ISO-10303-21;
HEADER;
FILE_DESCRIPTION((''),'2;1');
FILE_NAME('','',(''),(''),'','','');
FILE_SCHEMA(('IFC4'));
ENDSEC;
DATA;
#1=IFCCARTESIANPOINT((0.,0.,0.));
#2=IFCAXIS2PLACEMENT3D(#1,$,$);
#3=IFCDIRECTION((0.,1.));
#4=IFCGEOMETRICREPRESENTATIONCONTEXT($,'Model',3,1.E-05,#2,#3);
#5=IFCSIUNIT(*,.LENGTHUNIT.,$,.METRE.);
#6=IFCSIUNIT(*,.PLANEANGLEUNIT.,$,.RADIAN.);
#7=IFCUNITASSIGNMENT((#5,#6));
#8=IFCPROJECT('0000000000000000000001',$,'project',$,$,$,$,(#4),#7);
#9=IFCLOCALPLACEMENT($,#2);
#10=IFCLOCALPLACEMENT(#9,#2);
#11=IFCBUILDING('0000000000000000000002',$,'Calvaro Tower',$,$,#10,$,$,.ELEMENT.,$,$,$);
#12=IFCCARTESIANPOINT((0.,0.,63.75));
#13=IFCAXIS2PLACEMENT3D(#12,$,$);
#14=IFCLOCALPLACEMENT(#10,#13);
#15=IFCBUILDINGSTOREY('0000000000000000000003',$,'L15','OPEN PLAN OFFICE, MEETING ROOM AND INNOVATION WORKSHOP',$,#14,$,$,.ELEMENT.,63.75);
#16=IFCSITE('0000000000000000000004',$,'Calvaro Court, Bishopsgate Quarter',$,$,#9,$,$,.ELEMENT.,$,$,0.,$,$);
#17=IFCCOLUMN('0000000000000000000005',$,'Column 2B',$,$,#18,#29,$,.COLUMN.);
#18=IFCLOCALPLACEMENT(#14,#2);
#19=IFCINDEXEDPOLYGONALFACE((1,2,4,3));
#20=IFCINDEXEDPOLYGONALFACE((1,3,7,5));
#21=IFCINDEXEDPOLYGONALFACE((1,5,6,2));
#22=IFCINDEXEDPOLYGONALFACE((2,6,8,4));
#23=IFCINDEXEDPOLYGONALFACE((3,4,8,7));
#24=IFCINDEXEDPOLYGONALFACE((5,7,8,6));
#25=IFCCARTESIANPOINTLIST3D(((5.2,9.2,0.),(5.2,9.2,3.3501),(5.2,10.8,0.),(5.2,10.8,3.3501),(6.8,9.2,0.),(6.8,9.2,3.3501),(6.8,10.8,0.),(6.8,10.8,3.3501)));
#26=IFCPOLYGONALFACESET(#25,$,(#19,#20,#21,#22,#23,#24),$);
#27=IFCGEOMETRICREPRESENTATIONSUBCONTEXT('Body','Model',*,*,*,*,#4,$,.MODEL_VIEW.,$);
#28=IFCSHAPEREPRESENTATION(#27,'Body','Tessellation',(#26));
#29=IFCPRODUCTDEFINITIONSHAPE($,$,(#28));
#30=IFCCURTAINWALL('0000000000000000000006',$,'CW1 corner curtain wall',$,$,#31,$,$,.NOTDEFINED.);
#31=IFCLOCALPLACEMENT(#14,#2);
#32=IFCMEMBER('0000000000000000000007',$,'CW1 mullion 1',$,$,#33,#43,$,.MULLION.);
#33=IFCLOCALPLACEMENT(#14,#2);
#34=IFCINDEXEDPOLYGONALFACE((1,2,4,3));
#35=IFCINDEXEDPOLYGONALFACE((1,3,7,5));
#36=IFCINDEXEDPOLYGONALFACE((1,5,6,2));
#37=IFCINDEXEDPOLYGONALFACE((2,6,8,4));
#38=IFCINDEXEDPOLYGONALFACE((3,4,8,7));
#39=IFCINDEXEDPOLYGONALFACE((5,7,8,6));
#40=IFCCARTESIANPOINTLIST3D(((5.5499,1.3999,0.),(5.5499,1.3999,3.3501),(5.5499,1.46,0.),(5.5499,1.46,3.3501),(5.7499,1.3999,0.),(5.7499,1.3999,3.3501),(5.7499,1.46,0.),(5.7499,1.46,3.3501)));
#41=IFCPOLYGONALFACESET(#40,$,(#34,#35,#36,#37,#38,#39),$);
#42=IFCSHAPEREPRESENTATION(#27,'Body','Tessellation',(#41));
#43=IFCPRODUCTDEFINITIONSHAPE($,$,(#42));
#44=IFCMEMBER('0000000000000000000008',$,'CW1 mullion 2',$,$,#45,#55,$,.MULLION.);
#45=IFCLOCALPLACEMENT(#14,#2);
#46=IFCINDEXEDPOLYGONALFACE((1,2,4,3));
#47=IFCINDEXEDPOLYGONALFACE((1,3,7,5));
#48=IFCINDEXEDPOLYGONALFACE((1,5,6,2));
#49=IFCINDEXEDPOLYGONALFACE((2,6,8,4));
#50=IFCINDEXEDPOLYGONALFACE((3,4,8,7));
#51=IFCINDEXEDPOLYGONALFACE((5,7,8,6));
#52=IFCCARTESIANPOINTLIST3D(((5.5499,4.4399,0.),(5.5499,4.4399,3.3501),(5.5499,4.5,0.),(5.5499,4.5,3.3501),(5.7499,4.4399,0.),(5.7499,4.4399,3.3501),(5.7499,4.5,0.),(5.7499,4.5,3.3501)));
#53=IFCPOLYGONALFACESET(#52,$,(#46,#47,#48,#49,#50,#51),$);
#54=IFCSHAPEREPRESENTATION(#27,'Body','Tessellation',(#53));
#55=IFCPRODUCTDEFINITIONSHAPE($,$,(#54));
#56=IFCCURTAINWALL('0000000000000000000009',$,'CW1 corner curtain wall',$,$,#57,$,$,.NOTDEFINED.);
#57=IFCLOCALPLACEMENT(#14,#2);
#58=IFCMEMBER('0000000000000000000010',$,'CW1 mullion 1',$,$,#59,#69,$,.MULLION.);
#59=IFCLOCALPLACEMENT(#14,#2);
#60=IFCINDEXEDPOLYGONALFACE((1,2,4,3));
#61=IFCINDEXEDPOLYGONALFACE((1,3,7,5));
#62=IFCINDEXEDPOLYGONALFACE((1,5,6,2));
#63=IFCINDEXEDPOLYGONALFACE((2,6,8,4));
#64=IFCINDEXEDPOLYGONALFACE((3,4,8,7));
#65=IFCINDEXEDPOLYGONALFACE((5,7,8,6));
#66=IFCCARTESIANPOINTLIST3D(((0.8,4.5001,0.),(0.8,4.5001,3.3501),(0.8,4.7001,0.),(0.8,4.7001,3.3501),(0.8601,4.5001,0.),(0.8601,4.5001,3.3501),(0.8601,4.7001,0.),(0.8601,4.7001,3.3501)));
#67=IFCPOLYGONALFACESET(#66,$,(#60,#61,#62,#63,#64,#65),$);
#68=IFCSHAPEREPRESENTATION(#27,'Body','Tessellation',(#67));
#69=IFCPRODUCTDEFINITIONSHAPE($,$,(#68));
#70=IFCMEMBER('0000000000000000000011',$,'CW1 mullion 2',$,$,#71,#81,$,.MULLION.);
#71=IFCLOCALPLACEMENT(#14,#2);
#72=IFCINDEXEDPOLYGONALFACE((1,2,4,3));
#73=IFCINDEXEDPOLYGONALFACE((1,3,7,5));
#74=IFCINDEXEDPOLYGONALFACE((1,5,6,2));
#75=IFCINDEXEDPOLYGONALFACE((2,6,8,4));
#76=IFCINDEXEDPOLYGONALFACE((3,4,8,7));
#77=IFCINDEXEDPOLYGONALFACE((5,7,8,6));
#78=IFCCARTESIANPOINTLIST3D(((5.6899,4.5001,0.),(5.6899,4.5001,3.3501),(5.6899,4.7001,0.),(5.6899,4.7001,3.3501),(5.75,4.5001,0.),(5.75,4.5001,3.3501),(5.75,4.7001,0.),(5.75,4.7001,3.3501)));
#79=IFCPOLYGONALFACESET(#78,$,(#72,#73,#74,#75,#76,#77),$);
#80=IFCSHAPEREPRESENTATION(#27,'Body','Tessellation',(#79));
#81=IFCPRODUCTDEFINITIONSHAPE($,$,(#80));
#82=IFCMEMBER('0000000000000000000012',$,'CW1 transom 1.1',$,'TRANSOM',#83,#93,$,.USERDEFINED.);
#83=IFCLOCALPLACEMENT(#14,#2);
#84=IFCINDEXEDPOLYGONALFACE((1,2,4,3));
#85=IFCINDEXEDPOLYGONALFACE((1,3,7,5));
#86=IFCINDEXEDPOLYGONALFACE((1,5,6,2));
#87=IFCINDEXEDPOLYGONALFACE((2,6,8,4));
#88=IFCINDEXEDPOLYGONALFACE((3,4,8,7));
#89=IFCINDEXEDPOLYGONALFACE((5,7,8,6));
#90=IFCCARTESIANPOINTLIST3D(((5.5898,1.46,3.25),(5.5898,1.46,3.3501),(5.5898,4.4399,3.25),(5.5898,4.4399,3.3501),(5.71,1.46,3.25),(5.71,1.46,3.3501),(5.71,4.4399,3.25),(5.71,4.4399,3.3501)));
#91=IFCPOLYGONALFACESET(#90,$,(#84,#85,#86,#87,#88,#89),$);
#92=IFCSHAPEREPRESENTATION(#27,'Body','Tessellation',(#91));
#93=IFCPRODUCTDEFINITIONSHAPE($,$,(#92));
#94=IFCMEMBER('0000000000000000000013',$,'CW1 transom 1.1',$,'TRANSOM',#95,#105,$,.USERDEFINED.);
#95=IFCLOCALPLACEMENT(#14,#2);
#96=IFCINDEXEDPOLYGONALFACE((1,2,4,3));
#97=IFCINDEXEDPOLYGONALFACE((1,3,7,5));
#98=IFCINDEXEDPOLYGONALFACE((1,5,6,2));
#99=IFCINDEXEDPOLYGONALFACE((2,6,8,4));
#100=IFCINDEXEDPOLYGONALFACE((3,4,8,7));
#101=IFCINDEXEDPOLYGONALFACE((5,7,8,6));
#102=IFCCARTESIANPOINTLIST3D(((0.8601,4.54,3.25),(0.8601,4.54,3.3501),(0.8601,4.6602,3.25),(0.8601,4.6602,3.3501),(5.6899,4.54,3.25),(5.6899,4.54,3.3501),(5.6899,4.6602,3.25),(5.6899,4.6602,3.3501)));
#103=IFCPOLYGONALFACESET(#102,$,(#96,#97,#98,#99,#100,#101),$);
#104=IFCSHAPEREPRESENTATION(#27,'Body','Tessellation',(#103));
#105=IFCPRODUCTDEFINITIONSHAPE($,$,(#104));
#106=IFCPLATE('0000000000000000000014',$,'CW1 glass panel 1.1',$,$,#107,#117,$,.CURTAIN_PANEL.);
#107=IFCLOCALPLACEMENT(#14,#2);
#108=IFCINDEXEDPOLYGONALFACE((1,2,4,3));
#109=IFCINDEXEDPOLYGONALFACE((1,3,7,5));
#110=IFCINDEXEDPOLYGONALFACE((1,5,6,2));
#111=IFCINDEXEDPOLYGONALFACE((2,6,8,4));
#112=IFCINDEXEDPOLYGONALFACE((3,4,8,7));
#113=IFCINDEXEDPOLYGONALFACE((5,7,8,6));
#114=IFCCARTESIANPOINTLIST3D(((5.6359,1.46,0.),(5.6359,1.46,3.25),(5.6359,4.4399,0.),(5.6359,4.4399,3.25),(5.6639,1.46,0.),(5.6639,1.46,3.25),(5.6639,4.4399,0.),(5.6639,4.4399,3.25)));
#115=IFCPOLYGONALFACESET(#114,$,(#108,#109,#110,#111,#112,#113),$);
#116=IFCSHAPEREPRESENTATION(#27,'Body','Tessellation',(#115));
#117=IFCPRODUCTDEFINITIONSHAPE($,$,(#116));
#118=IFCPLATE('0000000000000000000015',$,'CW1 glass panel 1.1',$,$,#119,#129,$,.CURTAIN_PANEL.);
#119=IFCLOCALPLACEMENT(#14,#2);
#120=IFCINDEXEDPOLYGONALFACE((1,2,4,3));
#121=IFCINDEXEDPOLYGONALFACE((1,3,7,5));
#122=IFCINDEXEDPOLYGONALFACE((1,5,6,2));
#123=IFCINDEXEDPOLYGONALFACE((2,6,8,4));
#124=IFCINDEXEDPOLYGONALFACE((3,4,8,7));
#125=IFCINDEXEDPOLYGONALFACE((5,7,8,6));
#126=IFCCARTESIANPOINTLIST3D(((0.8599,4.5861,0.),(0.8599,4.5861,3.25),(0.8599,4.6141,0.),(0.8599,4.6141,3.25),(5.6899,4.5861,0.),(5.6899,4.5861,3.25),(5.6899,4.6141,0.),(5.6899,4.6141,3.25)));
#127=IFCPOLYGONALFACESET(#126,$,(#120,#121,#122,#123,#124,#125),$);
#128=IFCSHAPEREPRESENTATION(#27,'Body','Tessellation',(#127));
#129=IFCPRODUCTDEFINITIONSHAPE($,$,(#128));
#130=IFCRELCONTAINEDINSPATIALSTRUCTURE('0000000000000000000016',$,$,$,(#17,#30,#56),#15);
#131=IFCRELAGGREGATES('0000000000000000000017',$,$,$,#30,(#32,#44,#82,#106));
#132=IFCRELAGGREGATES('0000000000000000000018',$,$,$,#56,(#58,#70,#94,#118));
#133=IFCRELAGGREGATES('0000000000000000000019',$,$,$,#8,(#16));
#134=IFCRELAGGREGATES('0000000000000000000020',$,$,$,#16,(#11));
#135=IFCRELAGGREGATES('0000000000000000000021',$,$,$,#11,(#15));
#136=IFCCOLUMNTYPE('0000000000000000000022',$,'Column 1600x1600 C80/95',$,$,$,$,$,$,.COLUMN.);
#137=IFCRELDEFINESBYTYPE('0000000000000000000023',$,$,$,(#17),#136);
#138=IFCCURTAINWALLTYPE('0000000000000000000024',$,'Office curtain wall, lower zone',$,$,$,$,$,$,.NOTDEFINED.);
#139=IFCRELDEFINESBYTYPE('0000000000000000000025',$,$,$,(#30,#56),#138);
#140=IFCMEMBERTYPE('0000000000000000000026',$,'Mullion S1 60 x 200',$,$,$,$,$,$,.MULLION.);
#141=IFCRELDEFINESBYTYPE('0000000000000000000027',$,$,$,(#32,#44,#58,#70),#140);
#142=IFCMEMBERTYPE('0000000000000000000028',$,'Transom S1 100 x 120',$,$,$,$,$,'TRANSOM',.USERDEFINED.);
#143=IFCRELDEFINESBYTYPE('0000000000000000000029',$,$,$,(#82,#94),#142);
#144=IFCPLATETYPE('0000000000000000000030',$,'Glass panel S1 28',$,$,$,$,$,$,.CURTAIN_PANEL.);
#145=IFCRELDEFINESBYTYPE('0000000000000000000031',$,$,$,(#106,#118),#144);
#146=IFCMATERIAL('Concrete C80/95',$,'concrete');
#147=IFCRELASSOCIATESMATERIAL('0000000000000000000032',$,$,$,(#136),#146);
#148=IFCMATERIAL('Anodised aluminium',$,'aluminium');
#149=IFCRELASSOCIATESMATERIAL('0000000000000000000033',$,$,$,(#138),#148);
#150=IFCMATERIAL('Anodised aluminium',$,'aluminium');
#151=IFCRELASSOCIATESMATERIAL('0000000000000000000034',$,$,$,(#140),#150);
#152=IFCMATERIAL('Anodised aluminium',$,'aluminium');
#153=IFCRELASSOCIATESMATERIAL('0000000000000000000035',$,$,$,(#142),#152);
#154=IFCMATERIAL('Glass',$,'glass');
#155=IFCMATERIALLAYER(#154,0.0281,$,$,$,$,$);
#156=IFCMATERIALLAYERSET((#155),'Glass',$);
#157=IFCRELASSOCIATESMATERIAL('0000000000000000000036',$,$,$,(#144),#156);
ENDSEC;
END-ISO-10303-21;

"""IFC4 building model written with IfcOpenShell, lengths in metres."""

from ifc_helpers import new_model, si_unit, direction, frame, origin, origin_2d, place, context, subcontext, project, spatial, rectangle, extrude, material, layer, layer_set, material_profile, profile_set, type_object, element, aggregate, save


model = new_model("IFC4")

# Units and contexts
model_context = context("Model", 3, precision=1e-05, world=origin(), true_north=direction((0.0, 1.0)))
body_context = subcontext(model_context, "Body", "Model", "MODEL_VIEW")
ifc_project = project(units=[si_unit("LENGTHUNIT", "METRE"), si_unit("PLANEANGLEUNIT", "RADIAN")], contexts=[model_context])

# Site, building, storey
site_placement = place(None, origin())
site = spatial("IfcSite", under=ifc_project, at=site_placement, Name="Calvaro Court, Bishopsgate Quarter", CompositionType="ELEMENT", RefElevation=0.0)
building_placement = place(site_placement, origin())
building = spatial("IfcBuilding", under=site, at=building_placement, Name="Calvaro Tower", CompositionType="ELEMENT")
storey_placement = place(building_placement, frame((0.0, 0.0, 63.75)))
storey = spatial("IfcBuildingStorey", under=building, at=storey_placement, Name="L15", Description="OPEN PLAN OFFICE, MEETING ROOM AND INNOVATION WORKSHOP", CompositionType="ELEMENT", Elevation=63.75)

# Column
ifc_material_1 = material(Name="Concrete C80/95", Category="concrete")
ifc_material_profile_1 = material_profile(ifc_material_1, rectangle(XDim=1.6001, YDim=1.6001, at=origin_2d()), Name="RC 1600x1600")
ifc_profile_set_1 = profile_set([ifc_material_profile_1], Name="Concrete C80/95")
column_type = type_object("IfcColumnType", Name="Column 1600x1600 C80/95", PredefinedType="COLUMN", material=ifc_profile_set_1)
column_placement = place(storey_placement, frame((6.0, 10.0, 0.0), z_axis=(0.0, 0.0, 1.0), x_axis=(1.0, 0.0, 0.0)))
element("IfcColumn", 1, at=column_placement, inside=storey, type_object=column_type, Name="Column 2B", PredefinedType="COLUMN", context=body_context, shape_type="SweptSolid", body=[
    extrude(rectangle(XDim=1.6001, YDim=1.6001, at=origin_2d()), origin(), (0.0, 0.0, 1.0), 3.3501),
])

# Curtain walls, members
ifc_material_2 = material(Name="Anodised aluminium", Category="aluminium")
curtain_wall_type = type_object("IfcCurtainWallType", Name="Office curtain wall, lower zone", PredefinedType="NOTDEFINED", material=ifc_material_2)
curtain_wall_1_placement = place(storey_placement, origin())
curtain_wall_1 = element("IfcCurtainWall", 2, at=curtain_wall_1_placement, inside=storey, type_object=curtain_wall_type, Name="CW1 corner curtain wall", PredefinedType="NOTDEFINED")
ifc_material_3 = material(Name="Anodised aluminium", Category="aluminium")
ifc_material_profile_2 = material_profile(ifc_material_3, rectangle(XDim=0.2, YDim=0.0601, at=origin_2d()), Name="Mullion S1 60 x 200")
ifc_profile_set_2 = profile_set([ifc_material_profile_2], Name="Anodised aluminium")
member_type_1 = type_object("IfcMemberType", Name="Mullion S1 60 x 200", PredefinedType="MULLION", material=ifc_profile_set_2)
member_1_placement = place(storey_placement, frame((5.6499, 1.4299, 0.0), z_axis=(0.0, 0.0, 1.0), x_axis=(-1.0, 0.0, 0.0)))
member_1 = element("IfcMember", 3, at=member_1_placement, type_object=member_type_1, Name="CW1 mullion 1", PredefinedType="MULLION", context=body_context, shape_type="SweptSolid", body=[
    extrude(rectangle(XDim=0.2, YDim=0.0601, at=origin_2d()), origin(), (0.0, 0.0, 1.0), 3.3501),
])
member_2_placement = place(storey_placement, frame((5.6499, 4.47, 0.0), z_axis=(0.0, 0.0, 1.0), x_axis=(-1.0, 0.0, 0.0)))
member_2 = element("IfcMember", 4, at=member_2_placement, type_object=member_type_1, Name="CW1 mullion 2", PredefinedType="MULLION", context=body_context, shape_type="SweptSolid", body=[
    extrude(rectangle(XDim=0.2, YDim=0.0601, at=origin_2d()), origin(), (0.0, 0.0, 1.0), 3.3501),
])
curtain_wall_2_placement = place(storey_placement, origin())
curtain_wall_2 = element("IfcCurtainWall", 5, at=curtain_wall_2_placement, inside=storey, type_object=curtain_wall_type, Name="CW1 corner curtain wall", PredefinedType="NOTDEFINED")
member_3_placement = place(storey_placement, frame((0.8301, 4.6001, 0.0), z_axis=(0.0, 0.0, 1.0), x_axis=(0.0, 1.0, 0.0)))
member_3 = element("IfcMember", 6, at=member_3_placement, type_object=member_type_1, Name="CW1 mullion 1", PredefinedType="MULLION", context=body_context, shape_type="SweptSolid", body=[
    extrude(rectangle(XDim=0.2, YDim=0.0601, at=origin_2d()), origin(), (0.0, 0.0, 1.0), 3.3501),
])
member_4_placement = place(storey_placement, frame((5.72, 4.6001, 0.0), z_axis=(0.0, 0.0, 1.0), x_axis=(0.0, 1.0, 0.0)))
member_4 = element("IfcMember", 7, at=member_4_placement, type_object=member_type_1, Name="CW1 mullion 2", PredefinedType="MULLION", context=body_context, shape_type="SweptSolid", body=[
    extrude(rectangle(XDim=0.2, YDim=0.0601, at=origin_2d()), origin(), (0.0, 0.0, 1.0), 3.3501),
])

# Members
ifc_material_4 = material(Name="Anodised aluminium", Category="aluminium")
ifc_material_profile_3 = material_profile(ifc_material_4, rectangle(XDim=0.1201, YDim=0.1001, at=origin_2d()), Name="Transom S1 100 x 120")
ifc_profile_set_3 = profile_set([ifc_material_profile_3], Name="Anodised aluminium")
member_type_2 = type_object("IfcMemberType", Name="Transom S1 100 x 120", ElementType="TRANSOM", PredefinedType="USERDEFINED", material=ifc_profile_set_3)
member_5_placement = place(storey_placement, frame((5.6499, 1.46, 3.3), z_axis=(0.0, 1.0, 0.0), x_axis=(-1.0, 0.0, 0.0)))
member_5 = element("IfcMember", 8, at=member_5_placement, type_object=member_type_2, Name="CW1 transom 1.1", ObjectType="TRANSOM", PredefinedType="USERDEFINED", context=body_context, shape_type="SweptSolid", body=[
    extrude(rectangle(XDim=0.1201, YDim=0.1001, at=origin_2d()), origin(), (0.0, 0.0, 1.0), 2.98),
])
member_6_placement = place(storey_placement, frame((0.8601, 4.6001, 3.3), z_axis=(1.0, 0.0, 0.0), x_axis=(0.0, 1.0, 0.0)))
member_6 = element("IfcMember", 9, at=member_6_placement, type_object=member_type_2, Name="CW1 transom 1.1", ObjectType="TRANSOM", PredefinedType="USERDEFINED", context=body_context, shape_type="SweptSolid", body=[
    extrude(rectangle(XDim=0.1201, YDim=0.1001, at=origin_2d()), origin(), (0.0, 0.0, 1.0), 4.8298),
])

# Plates
ifc_material_5 = material(Name="Glass", Category="glass")
ifc_layer_1 = layer(ifc_material_5, 0.0281)
ifc_layer_set_1 = layer_set([ifc_layer_1], Name="Glass")
plate_type = type_object("IfcPlateType", Name="Glass panel S1 28", PredefinedType="CURTAIN_PANEL", material=ifc_layer_set_1)
plate_1_placement = place(storey_placement, frame((5.6499, 2.95, 0.0), z_axis=(0.0, 0.0, 1.0), x_axis=(0.0, 1.0, 0.0)))
plate_1 = element("IfcPlate", 10, at=plate_1_placement, type_object=plate_type, Name="CW1 glass panel 1.1", PredefinedType="CURTAIN_PANEL", context=body_context, shape_type="SweptSolid", body=[
    extrude(rectangle(XDim=2.98, YDim=0.0281, at=origin_2d()), origin(), (0.0, 0.0, 1.0), 3.25),
])
aggregate(curtain_wall_1, [member_1, member_2, member_5, plate_1])
plate_2_placement = place(storey_placement, frame((3.2749, 4.6001, 0.0), z_axis=(0.0, 0.0, 1.0), x_axis=(1.0, 0.0, 0.0)))
plate_2 = element("IfcPlate", 11, at=plate_2_placement, type_object=plate_type, Name="CW1 glass panel 1.1", PredefinedType="CURTAIN_PANEL", context=body_context, shape_type="SweptSolid", body=[
    extrude(rectangle(XDim=4.8301, YDim=0.0281, at=origin_2d()), origin(), (0.0, 0.0, 1.0), 3.25),
])
aggregate(curtain_wall_2, [member_3, member_4, member_6, plate_2])

save(model, "model.ifc")
